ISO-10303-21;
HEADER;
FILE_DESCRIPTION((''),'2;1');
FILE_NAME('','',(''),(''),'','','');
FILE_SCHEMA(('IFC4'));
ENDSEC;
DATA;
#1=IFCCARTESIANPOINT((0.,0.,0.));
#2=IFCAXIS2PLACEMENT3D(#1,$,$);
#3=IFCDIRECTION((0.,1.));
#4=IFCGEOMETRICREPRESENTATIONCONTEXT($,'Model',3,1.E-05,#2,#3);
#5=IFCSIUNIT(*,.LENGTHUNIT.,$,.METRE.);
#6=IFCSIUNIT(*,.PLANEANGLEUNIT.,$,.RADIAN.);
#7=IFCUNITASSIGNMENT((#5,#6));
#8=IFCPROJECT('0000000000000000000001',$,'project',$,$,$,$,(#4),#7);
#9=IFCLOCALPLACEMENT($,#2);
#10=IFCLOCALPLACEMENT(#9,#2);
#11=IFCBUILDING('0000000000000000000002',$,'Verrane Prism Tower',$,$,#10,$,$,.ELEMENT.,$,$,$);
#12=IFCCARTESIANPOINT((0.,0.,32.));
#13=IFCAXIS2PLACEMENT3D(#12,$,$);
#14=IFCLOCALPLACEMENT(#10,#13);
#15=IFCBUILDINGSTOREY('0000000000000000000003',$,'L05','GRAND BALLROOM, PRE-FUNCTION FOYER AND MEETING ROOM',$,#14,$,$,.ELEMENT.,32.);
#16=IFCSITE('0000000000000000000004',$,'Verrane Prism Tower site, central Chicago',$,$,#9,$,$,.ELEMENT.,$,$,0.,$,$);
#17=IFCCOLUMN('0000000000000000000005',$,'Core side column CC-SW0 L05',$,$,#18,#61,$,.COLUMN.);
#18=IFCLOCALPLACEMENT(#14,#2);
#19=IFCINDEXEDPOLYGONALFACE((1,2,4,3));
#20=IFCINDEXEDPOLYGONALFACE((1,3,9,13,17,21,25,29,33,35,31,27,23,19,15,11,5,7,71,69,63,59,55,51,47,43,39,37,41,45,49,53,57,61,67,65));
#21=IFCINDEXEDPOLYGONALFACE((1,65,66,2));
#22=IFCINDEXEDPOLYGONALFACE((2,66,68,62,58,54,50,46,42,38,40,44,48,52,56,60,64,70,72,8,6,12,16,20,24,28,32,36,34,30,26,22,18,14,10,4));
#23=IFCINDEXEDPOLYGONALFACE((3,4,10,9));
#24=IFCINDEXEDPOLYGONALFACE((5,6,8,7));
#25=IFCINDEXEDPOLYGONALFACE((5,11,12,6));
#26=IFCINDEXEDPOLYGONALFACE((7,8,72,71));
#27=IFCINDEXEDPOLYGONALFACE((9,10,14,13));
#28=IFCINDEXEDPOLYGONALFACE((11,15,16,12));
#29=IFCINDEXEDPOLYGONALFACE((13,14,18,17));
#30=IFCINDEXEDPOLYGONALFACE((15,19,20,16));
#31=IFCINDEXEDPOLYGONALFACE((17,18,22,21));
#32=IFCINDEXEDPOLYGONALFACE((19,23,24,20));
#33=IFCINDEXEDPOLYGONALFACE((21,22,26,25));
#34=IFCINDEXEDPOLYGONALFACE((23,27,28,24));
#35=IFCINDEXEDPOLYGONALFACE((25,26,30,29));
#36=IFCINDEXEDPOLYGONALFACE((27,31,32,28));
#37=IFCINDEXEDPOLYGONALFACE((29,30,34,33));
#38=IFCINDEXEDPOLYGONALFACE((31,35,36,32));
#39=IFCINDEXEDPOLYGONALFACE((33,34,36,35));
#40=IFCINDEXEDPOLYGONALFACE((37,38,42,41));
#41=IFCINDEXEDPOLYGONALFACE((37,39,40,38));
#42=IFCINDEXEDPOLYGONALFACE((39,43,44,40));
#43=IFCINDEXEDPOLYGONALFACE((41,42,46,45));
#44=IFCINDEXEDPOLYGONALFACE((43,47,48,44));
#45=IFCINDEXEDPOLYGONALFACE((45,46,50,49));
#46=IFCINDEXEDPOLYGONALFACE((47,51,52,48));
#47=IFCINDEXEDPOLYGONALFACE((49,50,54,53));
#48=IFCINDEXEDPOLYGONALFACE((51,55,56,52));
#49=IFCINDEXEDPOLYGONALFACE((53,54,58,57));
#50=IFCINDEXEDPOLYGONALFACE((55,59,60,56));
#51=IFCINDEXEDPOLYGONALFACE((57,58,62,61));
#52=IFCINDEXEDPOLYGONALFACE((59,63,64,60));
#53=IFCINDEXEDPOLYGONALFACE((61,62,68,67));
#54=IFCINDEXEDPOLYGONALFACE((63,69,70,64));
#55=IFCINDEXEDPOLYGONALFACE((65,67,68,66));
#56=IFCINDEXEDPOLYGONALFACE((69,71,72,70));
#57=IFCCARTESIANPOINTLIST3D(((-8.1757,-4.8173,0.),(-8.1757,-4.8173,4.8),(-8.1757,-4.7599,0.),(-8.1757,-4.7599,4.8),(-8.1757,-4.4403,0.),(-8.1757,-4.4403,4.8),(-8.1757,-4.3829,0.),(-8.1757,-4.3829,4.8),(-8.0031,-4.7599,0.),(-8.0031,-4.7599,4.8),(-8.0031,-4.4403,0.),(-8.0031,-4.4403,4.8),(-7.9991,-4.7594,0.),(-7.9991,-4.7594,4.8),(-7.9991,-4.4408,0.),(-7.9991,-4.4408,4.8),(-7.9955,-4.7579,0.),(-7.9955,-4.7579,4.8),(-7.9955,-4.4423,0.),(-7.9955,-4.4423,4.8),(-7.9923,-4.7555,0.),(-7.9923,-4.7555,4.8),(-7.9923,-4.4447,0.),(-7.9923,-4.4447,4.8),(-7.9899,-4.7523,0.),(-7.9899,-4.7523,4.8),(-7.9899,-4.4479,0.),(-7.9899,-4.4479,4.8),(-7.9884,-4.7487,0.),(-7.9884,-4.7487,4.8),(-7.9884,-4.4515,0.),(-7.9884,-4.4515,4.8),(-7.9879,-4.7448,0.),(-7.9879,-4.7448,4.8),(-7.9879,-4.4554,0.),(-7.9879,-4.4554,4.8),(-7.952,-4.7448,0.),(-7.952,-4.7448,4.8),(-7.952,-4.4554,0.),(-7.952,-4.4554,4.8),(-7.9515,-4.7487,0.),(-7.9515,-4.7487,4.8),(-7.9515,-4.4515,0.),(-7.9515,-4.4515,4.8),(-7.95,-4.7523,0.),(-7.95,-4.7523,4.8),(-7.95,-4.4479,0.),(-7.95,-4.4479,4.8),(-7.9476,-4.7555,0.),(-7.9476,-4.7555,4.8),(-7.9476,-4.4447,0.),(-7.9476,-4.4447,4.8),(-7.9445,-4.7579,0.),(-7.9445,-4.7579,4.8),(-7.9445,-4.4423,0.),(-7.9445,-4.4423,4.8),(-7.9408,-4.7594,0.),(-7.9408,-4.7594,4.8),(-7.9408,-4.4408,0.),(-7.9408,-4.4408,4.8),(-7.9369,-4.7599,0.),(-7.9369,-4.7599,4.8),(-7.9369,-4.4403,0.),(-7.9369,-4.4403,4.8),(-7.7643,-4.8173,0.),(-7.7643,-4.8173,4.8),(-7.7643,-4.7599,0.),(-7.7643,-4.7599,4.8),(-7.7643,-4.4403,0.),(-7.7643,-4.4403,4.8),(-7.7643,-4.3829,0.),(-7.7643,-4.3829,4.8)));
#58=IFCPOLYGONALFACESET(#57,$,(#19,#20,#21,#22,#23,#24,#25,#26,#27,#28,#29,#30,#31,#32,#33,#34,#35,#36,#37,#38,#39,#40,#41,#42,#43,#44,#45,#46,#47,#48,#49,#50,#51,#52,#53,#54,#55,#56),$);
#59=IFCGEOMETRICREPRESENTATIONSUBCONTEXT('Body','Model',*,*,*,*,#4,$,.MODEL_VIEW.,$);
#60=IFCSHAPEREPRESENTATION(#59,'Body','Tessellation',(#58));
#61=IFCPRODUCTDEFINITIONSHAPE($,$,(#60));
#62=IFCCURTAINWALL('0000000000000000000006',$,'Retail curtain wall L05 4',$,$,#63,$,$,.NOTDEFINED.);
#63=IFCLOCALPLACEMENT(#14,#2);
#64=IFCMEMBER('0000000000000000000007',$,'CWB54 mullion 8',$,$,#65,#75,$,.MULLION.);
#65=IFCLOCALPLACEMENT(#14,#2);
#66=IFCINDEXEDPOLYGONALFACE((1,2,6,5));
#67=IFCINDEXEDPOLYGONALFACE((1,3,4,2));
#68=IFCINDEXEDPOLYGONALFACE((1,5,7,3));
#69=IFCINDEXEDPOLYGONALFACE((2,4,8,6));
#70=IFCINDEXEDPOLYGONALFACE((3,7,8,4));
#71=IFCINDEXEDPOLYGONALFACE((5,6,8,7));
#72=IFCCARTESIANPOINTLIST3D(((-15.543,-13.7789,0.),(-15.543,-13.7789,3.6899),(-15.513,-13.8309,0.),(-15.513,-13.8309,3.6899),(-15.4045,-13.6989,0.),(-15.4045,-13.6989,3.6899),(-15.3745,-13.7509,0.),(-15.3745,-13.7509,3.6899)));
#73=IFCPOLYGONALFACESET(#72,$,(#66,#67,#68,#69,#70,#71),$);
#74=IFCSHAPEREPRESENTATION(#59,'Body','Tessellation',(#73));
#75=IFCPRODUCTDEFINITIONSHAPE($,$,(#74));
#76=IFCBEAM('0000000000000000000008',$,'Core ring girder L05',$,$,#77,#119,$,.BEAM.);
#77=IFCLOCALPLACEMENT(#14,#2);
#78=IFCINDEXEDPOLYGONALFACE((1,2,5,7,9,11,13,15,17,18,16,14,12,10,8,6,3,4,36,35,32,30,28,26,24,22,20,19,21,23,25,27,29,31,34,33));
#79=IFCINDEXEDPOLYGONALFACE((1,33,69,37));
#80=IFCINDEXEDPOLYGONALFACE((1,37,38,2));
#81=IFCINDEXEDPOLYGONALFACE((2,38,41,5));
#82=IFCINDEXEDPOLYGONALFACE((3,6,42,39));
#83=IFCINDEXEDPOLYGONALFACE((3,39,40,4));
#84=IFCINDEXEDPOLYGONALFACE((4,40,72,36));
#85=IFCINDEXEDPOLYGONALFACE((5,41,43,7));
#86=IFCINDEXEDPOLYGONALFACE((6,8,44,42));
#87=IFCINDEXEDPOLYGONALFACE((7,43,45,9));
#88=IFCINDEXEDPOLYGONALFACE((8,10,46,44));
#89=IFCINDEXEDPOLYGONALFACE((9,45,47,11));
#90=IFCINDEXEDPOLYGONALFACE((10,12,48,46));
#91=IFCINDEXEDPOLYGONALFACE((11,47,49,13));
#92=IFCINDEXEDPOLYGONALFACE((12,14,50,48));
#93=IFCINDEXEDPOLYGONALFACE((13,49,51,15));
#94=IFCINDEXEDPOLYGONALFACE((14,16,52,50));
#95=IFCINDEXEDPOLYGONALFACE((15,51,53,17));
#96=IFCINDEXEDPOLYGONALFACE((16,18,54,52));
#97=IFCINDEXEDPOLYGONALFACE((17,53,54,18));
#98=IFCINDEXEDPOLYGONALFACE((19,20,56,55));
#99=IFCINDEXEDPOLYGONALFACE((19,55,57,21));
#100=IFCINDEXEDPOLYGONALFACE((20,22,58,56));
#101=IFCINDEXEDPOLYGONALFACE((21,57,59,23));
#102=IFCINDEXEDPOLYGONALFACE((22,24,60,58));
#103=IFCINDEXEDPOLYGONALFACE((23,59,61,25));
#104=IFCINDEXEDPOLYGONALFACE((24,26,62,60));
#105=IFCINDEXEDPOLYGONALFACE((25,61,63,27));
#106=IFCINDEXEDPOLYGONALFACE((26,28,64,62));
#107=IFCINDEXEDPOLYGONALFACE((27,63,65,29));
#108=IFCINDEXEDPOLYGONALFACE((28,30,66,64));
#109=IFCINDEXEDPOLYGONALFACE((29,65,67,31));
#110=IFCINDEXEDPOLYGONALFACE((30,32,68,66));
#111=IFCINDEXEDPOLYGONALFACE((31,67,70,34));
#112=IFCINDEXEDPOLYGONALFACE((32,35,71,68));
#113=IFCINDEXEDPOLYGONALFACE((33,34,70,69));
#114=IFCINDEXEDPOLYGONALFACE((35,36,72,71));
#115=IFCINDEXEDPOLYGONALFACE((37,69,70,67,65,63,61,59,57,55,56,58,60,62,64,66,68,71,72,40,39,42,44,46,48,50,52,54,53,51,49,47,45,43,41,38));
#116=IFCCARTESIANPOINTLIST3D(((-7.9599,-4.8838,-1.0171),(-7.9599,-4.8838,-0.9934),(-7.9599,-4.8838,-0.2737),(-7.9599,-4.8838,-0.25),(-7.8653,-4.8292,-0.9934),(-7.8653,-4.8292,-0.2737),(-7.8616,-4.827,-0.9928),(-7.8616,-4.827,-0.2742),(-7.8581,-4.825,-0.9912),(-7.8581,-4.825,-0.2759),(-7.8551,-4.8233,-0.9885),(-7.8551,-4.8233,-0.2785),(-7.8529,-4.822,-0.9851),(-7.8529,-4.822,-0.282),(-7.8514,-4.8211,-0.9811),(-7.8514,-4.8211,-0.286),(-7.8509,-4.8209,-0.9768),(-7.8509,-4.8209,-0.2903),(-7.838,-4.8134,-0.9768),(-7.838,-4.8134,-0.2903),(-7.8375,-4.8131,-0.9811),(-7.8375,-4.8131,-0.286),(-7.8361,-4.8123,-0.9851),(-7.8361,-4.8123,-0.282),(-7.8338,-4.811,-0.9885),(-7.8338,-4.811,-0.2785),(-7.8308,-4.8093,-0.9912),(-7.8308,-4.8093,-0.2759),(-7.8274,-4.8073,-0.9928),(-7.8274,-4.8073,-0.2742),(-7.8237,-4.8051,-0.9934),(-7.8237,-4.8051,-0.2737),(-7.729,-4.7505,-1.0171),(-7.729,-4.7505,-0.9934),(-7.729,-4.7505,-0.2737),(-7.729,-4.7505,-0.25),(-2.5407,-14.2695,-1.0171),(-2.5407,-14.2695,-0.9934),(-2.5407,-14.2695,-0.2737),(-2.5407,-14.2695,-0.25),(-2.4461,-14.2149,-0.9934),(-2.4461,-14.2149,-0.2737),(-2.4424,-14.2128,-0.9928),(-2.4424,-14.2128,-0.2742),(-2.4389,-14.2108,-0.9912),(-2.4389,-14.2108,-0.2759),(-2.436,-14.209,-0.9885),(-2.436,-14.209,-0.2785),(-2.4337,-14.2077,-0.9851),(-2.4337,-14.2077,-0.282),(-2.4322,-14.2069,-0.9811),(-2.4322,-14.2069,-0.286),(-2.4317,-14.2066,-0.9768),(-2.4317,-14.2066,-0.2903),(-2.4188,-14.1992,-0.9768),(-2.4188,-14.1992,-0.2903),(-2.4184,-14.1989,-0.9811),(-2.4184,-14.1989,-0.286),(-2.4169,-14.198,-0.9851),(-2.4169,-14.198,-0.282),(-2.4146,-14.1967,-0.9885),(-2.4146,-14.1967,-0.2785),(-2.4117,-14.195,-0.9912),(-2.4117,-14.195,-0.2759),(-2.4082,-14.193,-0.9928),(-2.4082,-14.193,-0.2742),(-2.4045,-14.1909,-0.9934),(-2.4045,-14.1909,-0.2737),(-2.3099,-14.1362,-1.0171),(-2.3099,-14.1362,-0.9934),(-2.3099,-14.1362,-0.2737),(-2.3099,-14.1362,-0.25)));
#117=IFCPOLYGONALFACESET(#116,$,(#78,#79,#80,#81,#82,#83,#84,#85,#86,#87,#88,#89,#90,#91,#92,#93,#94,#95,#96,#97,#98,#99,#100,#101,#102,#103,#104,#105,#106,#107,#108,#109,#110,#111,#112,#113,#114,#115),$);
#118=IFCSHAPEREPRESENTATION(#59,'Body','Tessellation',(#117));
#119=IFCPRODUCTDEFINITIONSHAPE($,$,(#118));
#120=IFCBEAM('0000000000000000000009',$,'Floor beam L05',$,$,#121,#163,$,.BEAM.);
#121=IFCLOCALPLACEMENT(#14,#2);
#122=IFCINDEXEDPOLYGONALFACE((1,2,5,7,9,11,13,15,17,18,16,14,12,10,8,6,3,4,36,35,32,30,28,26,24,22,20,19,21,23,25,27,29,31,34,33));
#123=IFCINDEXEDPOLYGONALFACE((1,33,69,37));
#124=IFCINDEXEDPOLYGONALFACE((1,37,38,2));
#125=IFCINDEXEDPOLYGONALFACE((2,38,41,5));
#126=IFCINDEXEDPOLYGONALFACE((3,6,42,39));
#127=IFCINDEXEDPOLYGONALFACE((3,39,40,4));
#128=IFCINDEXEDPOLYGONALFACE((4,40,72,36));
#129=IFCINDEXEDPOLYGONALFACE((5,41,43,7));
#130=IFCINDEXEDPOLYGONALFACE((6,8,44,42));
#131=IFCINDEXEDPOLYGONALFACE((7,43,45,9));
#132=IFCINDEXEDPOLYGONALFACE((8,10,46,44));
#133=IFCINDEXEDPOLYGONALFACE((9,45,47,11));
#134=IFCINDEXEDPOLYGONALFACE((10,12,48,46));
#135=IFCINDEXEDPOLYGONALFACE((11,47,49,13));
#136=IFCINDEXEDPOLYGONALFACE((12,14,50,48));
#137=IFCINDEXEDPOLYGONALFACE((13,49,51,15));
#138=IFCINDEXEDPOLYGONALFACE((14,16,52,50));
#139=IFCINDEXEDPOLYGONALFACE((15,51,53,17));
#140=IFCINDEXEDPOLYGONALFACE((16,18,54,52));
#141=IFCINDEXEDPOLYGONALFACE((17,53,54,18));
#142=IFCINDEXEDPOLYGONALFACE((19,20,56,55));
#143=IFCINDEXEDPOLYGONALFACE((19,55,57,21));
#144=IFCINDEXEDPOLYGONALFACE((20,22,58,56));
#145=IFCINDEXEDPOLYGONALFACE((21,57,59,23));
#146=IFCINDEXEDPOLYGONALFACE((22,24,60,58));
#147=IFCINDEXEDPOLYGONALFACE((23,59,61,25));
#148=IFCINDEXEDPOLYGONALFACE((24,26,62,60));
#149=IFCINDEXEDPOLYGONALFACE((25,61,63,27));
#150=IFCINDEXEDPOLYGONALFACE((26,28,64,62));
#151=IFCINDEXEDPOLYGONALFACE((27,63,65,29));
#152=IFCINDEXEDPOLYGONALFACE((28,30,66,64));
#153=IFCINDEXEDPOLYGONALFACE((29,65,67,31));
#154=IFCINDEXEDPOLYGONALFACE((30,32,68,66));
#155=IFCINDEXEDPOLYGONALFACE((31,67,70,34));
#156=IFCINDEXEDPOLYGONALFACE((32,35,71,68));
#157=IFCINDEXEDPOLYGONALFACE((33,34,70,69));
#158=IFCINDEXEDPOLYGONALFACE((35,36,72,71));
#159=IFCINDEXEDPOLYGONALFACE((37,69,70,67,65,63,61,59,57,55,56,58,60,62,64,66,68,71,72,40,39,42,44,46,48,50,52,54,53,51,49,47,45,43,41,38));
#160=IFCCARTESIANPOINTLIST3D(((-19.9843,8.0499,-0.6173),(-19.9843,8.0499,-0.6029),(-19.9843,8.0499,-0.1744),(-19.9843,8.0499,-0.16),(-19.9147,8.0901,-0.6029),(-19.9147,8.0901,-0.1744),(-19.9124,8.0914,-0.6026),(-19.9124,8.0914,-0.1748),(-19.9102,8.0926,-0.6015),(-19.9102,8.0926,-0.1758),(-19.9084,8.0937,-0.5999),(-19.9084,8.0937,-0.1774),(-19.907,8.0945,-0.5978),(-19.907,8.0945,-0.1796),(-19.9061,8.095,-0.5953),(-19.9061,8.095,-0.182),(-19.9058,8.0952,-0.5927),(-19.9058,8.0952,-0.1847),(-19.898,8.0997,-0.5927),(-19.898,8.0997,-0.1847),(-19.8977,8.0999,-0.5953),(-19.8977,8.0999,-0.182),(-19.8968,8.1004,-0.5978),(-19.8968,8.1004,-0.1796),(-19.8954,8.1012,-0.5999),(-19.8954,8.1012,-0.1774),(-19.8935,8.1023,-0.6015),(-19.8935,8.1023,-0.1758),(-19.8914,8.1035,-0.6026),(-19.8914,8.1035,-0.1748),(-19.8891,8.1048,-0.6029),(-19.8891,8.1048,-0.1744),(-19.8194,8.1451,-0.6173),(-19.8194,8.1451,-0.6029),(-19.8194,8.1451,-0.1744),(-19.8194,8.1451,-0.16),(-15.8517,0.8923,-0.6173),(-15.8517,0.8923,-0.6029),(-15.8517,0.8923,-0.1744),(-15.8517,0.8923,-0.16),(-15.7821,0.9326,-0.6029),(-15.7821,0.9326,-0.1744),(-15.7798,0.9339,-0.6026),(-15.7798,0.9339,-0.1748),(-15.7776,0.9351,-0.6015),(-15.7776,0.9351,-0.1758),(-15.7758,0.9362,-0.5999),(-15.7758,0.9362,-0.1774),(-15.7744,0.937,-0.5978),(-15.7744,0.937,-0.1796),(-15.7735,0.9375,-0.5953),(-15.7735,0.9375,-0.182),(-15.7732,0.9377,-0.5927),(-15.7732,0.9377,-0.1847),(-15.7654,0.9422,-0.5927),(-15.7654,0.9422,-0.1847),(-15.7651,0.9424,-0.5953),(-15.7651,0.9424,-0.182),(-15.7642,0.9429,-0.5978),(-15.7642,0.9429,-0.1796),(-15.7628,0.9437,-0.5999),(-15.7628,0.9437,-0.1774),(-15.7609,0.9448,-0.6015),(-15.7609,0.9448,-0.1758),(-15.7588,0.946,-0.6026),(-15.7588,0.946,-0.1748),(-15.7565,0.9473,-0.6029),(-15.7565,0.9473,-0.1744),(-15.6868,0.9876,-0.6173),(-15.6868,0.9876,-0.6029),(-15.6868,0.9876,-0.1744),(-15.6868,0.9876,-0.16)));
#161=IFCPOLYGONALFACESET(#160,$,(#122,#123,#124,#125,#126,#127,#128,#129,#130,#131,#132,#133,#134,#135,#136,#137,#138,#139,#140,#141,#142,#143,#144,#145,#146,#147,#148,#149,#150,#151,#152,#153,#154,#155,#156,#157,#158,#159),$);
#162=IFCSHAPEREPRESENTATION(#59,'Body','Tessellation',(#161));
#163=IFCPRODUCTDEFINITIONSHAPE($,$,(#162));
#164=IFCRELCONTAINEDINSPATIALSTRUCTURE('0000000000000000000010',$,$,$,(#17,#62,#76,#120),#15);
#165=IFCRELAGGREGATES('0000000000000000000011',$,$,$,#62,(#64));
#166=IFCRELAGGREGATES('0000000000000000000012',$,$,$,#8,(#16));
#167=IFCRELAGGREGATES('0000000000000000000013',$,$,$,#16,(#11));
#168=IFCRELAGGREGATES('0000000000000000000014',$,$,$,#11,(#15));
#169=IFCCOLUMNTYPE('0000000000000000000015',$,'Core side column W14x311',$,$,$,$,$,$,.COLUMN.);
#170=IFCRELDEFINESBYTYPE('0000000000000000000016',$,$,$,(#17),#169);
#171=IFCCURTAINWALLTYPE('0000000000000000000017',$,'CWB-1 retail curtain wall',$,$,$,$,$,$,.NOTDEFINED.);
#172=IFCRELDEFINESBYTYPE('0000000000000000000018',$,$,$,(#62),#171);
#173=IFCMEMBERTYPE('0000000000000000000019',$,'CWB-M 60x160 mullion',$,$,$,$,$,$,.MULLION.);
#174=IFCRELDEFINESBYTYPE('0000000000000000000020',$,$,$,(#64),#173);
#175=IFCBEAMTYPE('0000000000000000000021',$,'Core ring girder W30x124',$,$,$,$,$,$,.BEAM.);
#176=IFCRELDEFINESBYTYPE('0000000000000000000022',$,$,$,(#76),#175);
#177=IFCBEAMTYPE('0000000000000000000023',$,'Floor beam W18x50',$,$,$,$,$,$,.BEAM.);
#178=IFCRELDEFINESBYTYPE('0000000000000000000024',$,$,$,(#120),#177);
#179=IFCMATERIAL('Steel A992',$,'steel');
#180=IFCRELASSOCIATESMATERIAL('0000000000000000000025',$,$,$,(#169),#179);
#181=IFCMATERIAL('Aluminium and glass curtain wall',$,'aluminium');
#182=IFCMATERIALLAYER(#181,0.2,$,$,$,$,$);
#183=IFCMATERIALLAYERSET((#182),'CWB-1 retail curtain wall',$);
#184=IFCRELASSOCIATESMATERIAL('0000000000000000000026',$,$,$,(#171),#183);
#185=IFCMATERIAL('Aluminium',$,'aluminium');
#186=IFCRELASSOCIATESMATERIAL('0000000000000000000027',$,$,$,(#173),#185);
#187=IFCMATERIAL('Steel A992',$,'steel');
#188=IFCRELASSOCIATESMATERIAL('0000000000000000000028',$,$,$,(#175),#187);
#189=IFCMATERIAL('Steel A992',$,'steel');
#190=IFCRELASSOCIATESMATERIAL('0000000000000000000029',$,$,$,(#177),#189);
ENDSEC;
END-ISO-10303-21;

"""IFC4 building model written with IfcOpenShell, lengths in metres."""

from ifc_helpers import new_model, si_unit, direction, frame, origin, origin_2d, place, context, subcontext, project, spatial, rectangle, i_section, extrude, material, layer, layer_set, material_profile, profile_set, type_object, element, aggregate, save


model = new_model("IFC4")

# Units and contexts
model_context = context("Model", 3, precision=1e-05, world=origin(), true_north=direction((0.0, 1.0)))
body_context = subcontext(model_context, "Body", "Model", "MODEL_VIEW")
ifc_project = project(units=[si_unit("LENGTHUNIT", "METRE"), si_unit("PLANEANGLEUNIT", "RADIAN")], contexts=[model_context])

# Site, building, storey
site_placement = place(None, origin())
site = spatial("IfcSite", under=ifc_project, at=site_placement, Name="Verrane Prism Tower site, central Chicago", CompositionType="ELEMENT", RefElevation=0.0)
building_placement = place(site_placement, origin())
building = spatial("IfcBuilding", under=site, at=building_placement, Name="Verrane Prism Tower", CompositionType="ELEMENT")
storey_placement = place(building_placement, frame((0.0, 0.0, 32.0)))
storey = spatial("IfcBuildingStorey", under=building, at=storey_placement, Name="L05", Description="GRAND BALLROOM, PRE-FUNCTION FOYER AND MEETING ROOM", CompositionType="ELEMENT", Elevation=32.0)

# Column
ifc_material_1 = material(Name="Steel A992", Category="steel")
ifc_material_profile_1 = material_profile(ifc_material_1, i_section(OverallWidth=0.4114, OverallDepth=0.4343, WebThickness=0.0359, FlangeThickness=0.0574, FilletRadius=0.0151, at=origin_2d()), Name="W14x311")
ifc_profile_set_1 = profile_set([ifc_material_profile_1], Name="Steel A992")
column_type = type_object("IfcColumnType", Name="Core side column W14x311", PredefinedType="COLUMN", material=ifc_profile_set_1)
column_placement = place(storey_placement, frame((-7.97, -4.6001, 0.0), z_axis=(0.0, 0.0, 1.0), x_axis=(1.0, 0.0, 0.0)))
element("IfcColumn", 1, at=column_placement, inside=storey, type_object=column_type, Name="Core side column CC-SW0 L05", PredefinedType="COLUMN", context=body_context, shape_type="SweptSolid", body=[
    extrude(i_section(OverallWidth=0.4114, OverallDepth=0.4343, WebThickness=0.0359, FlangeThickness=0.0574, FilletRadius=0.0151, at=origin_2d()), origin(), (0.0, 0.0, 1.0), 4.8),
])

# Curtain wall, member
ifc_material_2 = material(Name="Aluminium and glass curtain wall", Category="aluminium")
ifc_layer_1 = layer(ifc_material_2, 0.2)
ifc_layer_set_1 = layer_set([ifc_layer_1], Name="CWB-1 retail curtain wall")
curtain_wall_type = type_object("IfcCurtainWallType", Name="CWB-1 retail curtain wall", PredefinedType="NOTDEFINED", material=ifc_layer_set_1)
curtain_wall_placement = place(storey_placement, origin())
curtain_wall = element("IfcCurtainWall", 2, at=curtain_wall_placement, inside=storey, type_object=curtain_wall_type, Name="Retail curtain wall L05 4", PredefinedType="NOTDEFINED")
ifc_material_3 = material(Name="Aluminium", Category="aluminium")
ifc_material_profile_2 = material_profile(ifc_material_3, rectangle(XDim=0.1599, YDim=0.0601, at=origin_2d()), Name="CWB-M 60x160 mullion")
ifc_profile_set_2 = profile_set([ifc_material_profile_2], Name="Aluminium")
member_type = type_object("IfcMemberType", Name="CWB-M 60x160 mullion", PredefinedType="MULLION", material=ifc_profile_set_2)
member_placement = place(storey_placement, frame((-15.4587, -13.7649, 0.0), z_axis=(0.0, 0.0, 1.0), x_axis=(0.866025, 0.5, 0.0)))
member = element("IfcMember", 3, at=member_placement, type_object=member_type, Name="CWB54 mullion 8", PredefinedType="MULLION", context=body_context, shape_type="SweptSolid", body=[
    extrude(rectangle(XDim=0.1599, YDim=0.0601, at=origin_2d()), origin(), (0.0, 0.0, 1.0), 3.6899),
])

# Beams
ifc_material_4 = material(Name="Steel A992", Category="steel")
ifc_material_profile_3 = material_profile(ifc_material_4, i_section(OverallWidth=0.2666, OverallDepth=0.7671, WebThickness=0.0149, FlangeThickness=0.0237, FilletRadius=0.0166, at=origin_2d()), Name="W30x124")
ifc_profile_set_3 = profile_set([ifc_material_profile_3], Name="Steel A992")
beam_type_1 = type_object("IfcBeamType", Name="Core ring girder W30x124", PredefinedType="BEAM", material=ifc_profile_set_3)
beam_1_placement = place(storey_placement, frame((-7.8445, -4.8171, -0.6335), z_axis=(0.500023, -0.866012, 0.0), x_axis=(0.866012, 0.500023, 0.0)))
element("IfcBeam", 4, at=beam_1_placement, inside=storey, type_object=beam_type_1, Name="Core ring girder L05", PredefinedType="BEAM", context=body_context, shape_type="SweptSolid", body=[
    extrude(i_section(OverallWidth=0.2666, OverallDepth=0.7671, WebThickness=0.0149, FlangeThickness=0.0237, FilletRadius=0.0166, at=origin_2d()), origin(), (0.0, 0.0, 1.0), 10.8379),
])
ifc_material_5 = material(Name="Steel A992", Category="steel")
ifc_material_profile_4 = material_profile(ifc_material_5, i_section(OverallWidth=0.1904, OverallDepth=0.4573, WebThickness=0.009, FlangeThickness=0.0144, FilletRadius=0.0103, at=origin_2d()), Name="W18x50")
ifc_profile_set_4 = profile_set([ifc_material_profile_4], Name="Steel A992")
beam_type_2 = type_object("IfcBeamType", Name="Floor beam W18x50", PredefinedType="BEAM", material=ifc_profile_set_4)
beam_2_placement = place(storey_placement, frame((-15.7693, 0.9399, -0.3887), z_axis=(-0.500018, 0.866015, 0.0), x_axis=(-0.866015, -0.500018, 0.0)))
element("IfcBeam", 5, at=beam_2_placement, inside=storey, type_object=beam_type_2, Name="Floor beam L05", PredefinedType="BEAM", context=body_context, shape_type="SweptSolid", body=[
    extrude(i_section(OverallWidth=0.1904, OverallDepth=0.4573, WebThickness=0.009, FlangeThickness=0.0144, FilletRadius=0.0103, at=origin_2d()), origin(), (0.0, 0.0, 1.0), 8.2649),
])

aggregate(curtain_wall, [member])

save(model, "model.ifc")
